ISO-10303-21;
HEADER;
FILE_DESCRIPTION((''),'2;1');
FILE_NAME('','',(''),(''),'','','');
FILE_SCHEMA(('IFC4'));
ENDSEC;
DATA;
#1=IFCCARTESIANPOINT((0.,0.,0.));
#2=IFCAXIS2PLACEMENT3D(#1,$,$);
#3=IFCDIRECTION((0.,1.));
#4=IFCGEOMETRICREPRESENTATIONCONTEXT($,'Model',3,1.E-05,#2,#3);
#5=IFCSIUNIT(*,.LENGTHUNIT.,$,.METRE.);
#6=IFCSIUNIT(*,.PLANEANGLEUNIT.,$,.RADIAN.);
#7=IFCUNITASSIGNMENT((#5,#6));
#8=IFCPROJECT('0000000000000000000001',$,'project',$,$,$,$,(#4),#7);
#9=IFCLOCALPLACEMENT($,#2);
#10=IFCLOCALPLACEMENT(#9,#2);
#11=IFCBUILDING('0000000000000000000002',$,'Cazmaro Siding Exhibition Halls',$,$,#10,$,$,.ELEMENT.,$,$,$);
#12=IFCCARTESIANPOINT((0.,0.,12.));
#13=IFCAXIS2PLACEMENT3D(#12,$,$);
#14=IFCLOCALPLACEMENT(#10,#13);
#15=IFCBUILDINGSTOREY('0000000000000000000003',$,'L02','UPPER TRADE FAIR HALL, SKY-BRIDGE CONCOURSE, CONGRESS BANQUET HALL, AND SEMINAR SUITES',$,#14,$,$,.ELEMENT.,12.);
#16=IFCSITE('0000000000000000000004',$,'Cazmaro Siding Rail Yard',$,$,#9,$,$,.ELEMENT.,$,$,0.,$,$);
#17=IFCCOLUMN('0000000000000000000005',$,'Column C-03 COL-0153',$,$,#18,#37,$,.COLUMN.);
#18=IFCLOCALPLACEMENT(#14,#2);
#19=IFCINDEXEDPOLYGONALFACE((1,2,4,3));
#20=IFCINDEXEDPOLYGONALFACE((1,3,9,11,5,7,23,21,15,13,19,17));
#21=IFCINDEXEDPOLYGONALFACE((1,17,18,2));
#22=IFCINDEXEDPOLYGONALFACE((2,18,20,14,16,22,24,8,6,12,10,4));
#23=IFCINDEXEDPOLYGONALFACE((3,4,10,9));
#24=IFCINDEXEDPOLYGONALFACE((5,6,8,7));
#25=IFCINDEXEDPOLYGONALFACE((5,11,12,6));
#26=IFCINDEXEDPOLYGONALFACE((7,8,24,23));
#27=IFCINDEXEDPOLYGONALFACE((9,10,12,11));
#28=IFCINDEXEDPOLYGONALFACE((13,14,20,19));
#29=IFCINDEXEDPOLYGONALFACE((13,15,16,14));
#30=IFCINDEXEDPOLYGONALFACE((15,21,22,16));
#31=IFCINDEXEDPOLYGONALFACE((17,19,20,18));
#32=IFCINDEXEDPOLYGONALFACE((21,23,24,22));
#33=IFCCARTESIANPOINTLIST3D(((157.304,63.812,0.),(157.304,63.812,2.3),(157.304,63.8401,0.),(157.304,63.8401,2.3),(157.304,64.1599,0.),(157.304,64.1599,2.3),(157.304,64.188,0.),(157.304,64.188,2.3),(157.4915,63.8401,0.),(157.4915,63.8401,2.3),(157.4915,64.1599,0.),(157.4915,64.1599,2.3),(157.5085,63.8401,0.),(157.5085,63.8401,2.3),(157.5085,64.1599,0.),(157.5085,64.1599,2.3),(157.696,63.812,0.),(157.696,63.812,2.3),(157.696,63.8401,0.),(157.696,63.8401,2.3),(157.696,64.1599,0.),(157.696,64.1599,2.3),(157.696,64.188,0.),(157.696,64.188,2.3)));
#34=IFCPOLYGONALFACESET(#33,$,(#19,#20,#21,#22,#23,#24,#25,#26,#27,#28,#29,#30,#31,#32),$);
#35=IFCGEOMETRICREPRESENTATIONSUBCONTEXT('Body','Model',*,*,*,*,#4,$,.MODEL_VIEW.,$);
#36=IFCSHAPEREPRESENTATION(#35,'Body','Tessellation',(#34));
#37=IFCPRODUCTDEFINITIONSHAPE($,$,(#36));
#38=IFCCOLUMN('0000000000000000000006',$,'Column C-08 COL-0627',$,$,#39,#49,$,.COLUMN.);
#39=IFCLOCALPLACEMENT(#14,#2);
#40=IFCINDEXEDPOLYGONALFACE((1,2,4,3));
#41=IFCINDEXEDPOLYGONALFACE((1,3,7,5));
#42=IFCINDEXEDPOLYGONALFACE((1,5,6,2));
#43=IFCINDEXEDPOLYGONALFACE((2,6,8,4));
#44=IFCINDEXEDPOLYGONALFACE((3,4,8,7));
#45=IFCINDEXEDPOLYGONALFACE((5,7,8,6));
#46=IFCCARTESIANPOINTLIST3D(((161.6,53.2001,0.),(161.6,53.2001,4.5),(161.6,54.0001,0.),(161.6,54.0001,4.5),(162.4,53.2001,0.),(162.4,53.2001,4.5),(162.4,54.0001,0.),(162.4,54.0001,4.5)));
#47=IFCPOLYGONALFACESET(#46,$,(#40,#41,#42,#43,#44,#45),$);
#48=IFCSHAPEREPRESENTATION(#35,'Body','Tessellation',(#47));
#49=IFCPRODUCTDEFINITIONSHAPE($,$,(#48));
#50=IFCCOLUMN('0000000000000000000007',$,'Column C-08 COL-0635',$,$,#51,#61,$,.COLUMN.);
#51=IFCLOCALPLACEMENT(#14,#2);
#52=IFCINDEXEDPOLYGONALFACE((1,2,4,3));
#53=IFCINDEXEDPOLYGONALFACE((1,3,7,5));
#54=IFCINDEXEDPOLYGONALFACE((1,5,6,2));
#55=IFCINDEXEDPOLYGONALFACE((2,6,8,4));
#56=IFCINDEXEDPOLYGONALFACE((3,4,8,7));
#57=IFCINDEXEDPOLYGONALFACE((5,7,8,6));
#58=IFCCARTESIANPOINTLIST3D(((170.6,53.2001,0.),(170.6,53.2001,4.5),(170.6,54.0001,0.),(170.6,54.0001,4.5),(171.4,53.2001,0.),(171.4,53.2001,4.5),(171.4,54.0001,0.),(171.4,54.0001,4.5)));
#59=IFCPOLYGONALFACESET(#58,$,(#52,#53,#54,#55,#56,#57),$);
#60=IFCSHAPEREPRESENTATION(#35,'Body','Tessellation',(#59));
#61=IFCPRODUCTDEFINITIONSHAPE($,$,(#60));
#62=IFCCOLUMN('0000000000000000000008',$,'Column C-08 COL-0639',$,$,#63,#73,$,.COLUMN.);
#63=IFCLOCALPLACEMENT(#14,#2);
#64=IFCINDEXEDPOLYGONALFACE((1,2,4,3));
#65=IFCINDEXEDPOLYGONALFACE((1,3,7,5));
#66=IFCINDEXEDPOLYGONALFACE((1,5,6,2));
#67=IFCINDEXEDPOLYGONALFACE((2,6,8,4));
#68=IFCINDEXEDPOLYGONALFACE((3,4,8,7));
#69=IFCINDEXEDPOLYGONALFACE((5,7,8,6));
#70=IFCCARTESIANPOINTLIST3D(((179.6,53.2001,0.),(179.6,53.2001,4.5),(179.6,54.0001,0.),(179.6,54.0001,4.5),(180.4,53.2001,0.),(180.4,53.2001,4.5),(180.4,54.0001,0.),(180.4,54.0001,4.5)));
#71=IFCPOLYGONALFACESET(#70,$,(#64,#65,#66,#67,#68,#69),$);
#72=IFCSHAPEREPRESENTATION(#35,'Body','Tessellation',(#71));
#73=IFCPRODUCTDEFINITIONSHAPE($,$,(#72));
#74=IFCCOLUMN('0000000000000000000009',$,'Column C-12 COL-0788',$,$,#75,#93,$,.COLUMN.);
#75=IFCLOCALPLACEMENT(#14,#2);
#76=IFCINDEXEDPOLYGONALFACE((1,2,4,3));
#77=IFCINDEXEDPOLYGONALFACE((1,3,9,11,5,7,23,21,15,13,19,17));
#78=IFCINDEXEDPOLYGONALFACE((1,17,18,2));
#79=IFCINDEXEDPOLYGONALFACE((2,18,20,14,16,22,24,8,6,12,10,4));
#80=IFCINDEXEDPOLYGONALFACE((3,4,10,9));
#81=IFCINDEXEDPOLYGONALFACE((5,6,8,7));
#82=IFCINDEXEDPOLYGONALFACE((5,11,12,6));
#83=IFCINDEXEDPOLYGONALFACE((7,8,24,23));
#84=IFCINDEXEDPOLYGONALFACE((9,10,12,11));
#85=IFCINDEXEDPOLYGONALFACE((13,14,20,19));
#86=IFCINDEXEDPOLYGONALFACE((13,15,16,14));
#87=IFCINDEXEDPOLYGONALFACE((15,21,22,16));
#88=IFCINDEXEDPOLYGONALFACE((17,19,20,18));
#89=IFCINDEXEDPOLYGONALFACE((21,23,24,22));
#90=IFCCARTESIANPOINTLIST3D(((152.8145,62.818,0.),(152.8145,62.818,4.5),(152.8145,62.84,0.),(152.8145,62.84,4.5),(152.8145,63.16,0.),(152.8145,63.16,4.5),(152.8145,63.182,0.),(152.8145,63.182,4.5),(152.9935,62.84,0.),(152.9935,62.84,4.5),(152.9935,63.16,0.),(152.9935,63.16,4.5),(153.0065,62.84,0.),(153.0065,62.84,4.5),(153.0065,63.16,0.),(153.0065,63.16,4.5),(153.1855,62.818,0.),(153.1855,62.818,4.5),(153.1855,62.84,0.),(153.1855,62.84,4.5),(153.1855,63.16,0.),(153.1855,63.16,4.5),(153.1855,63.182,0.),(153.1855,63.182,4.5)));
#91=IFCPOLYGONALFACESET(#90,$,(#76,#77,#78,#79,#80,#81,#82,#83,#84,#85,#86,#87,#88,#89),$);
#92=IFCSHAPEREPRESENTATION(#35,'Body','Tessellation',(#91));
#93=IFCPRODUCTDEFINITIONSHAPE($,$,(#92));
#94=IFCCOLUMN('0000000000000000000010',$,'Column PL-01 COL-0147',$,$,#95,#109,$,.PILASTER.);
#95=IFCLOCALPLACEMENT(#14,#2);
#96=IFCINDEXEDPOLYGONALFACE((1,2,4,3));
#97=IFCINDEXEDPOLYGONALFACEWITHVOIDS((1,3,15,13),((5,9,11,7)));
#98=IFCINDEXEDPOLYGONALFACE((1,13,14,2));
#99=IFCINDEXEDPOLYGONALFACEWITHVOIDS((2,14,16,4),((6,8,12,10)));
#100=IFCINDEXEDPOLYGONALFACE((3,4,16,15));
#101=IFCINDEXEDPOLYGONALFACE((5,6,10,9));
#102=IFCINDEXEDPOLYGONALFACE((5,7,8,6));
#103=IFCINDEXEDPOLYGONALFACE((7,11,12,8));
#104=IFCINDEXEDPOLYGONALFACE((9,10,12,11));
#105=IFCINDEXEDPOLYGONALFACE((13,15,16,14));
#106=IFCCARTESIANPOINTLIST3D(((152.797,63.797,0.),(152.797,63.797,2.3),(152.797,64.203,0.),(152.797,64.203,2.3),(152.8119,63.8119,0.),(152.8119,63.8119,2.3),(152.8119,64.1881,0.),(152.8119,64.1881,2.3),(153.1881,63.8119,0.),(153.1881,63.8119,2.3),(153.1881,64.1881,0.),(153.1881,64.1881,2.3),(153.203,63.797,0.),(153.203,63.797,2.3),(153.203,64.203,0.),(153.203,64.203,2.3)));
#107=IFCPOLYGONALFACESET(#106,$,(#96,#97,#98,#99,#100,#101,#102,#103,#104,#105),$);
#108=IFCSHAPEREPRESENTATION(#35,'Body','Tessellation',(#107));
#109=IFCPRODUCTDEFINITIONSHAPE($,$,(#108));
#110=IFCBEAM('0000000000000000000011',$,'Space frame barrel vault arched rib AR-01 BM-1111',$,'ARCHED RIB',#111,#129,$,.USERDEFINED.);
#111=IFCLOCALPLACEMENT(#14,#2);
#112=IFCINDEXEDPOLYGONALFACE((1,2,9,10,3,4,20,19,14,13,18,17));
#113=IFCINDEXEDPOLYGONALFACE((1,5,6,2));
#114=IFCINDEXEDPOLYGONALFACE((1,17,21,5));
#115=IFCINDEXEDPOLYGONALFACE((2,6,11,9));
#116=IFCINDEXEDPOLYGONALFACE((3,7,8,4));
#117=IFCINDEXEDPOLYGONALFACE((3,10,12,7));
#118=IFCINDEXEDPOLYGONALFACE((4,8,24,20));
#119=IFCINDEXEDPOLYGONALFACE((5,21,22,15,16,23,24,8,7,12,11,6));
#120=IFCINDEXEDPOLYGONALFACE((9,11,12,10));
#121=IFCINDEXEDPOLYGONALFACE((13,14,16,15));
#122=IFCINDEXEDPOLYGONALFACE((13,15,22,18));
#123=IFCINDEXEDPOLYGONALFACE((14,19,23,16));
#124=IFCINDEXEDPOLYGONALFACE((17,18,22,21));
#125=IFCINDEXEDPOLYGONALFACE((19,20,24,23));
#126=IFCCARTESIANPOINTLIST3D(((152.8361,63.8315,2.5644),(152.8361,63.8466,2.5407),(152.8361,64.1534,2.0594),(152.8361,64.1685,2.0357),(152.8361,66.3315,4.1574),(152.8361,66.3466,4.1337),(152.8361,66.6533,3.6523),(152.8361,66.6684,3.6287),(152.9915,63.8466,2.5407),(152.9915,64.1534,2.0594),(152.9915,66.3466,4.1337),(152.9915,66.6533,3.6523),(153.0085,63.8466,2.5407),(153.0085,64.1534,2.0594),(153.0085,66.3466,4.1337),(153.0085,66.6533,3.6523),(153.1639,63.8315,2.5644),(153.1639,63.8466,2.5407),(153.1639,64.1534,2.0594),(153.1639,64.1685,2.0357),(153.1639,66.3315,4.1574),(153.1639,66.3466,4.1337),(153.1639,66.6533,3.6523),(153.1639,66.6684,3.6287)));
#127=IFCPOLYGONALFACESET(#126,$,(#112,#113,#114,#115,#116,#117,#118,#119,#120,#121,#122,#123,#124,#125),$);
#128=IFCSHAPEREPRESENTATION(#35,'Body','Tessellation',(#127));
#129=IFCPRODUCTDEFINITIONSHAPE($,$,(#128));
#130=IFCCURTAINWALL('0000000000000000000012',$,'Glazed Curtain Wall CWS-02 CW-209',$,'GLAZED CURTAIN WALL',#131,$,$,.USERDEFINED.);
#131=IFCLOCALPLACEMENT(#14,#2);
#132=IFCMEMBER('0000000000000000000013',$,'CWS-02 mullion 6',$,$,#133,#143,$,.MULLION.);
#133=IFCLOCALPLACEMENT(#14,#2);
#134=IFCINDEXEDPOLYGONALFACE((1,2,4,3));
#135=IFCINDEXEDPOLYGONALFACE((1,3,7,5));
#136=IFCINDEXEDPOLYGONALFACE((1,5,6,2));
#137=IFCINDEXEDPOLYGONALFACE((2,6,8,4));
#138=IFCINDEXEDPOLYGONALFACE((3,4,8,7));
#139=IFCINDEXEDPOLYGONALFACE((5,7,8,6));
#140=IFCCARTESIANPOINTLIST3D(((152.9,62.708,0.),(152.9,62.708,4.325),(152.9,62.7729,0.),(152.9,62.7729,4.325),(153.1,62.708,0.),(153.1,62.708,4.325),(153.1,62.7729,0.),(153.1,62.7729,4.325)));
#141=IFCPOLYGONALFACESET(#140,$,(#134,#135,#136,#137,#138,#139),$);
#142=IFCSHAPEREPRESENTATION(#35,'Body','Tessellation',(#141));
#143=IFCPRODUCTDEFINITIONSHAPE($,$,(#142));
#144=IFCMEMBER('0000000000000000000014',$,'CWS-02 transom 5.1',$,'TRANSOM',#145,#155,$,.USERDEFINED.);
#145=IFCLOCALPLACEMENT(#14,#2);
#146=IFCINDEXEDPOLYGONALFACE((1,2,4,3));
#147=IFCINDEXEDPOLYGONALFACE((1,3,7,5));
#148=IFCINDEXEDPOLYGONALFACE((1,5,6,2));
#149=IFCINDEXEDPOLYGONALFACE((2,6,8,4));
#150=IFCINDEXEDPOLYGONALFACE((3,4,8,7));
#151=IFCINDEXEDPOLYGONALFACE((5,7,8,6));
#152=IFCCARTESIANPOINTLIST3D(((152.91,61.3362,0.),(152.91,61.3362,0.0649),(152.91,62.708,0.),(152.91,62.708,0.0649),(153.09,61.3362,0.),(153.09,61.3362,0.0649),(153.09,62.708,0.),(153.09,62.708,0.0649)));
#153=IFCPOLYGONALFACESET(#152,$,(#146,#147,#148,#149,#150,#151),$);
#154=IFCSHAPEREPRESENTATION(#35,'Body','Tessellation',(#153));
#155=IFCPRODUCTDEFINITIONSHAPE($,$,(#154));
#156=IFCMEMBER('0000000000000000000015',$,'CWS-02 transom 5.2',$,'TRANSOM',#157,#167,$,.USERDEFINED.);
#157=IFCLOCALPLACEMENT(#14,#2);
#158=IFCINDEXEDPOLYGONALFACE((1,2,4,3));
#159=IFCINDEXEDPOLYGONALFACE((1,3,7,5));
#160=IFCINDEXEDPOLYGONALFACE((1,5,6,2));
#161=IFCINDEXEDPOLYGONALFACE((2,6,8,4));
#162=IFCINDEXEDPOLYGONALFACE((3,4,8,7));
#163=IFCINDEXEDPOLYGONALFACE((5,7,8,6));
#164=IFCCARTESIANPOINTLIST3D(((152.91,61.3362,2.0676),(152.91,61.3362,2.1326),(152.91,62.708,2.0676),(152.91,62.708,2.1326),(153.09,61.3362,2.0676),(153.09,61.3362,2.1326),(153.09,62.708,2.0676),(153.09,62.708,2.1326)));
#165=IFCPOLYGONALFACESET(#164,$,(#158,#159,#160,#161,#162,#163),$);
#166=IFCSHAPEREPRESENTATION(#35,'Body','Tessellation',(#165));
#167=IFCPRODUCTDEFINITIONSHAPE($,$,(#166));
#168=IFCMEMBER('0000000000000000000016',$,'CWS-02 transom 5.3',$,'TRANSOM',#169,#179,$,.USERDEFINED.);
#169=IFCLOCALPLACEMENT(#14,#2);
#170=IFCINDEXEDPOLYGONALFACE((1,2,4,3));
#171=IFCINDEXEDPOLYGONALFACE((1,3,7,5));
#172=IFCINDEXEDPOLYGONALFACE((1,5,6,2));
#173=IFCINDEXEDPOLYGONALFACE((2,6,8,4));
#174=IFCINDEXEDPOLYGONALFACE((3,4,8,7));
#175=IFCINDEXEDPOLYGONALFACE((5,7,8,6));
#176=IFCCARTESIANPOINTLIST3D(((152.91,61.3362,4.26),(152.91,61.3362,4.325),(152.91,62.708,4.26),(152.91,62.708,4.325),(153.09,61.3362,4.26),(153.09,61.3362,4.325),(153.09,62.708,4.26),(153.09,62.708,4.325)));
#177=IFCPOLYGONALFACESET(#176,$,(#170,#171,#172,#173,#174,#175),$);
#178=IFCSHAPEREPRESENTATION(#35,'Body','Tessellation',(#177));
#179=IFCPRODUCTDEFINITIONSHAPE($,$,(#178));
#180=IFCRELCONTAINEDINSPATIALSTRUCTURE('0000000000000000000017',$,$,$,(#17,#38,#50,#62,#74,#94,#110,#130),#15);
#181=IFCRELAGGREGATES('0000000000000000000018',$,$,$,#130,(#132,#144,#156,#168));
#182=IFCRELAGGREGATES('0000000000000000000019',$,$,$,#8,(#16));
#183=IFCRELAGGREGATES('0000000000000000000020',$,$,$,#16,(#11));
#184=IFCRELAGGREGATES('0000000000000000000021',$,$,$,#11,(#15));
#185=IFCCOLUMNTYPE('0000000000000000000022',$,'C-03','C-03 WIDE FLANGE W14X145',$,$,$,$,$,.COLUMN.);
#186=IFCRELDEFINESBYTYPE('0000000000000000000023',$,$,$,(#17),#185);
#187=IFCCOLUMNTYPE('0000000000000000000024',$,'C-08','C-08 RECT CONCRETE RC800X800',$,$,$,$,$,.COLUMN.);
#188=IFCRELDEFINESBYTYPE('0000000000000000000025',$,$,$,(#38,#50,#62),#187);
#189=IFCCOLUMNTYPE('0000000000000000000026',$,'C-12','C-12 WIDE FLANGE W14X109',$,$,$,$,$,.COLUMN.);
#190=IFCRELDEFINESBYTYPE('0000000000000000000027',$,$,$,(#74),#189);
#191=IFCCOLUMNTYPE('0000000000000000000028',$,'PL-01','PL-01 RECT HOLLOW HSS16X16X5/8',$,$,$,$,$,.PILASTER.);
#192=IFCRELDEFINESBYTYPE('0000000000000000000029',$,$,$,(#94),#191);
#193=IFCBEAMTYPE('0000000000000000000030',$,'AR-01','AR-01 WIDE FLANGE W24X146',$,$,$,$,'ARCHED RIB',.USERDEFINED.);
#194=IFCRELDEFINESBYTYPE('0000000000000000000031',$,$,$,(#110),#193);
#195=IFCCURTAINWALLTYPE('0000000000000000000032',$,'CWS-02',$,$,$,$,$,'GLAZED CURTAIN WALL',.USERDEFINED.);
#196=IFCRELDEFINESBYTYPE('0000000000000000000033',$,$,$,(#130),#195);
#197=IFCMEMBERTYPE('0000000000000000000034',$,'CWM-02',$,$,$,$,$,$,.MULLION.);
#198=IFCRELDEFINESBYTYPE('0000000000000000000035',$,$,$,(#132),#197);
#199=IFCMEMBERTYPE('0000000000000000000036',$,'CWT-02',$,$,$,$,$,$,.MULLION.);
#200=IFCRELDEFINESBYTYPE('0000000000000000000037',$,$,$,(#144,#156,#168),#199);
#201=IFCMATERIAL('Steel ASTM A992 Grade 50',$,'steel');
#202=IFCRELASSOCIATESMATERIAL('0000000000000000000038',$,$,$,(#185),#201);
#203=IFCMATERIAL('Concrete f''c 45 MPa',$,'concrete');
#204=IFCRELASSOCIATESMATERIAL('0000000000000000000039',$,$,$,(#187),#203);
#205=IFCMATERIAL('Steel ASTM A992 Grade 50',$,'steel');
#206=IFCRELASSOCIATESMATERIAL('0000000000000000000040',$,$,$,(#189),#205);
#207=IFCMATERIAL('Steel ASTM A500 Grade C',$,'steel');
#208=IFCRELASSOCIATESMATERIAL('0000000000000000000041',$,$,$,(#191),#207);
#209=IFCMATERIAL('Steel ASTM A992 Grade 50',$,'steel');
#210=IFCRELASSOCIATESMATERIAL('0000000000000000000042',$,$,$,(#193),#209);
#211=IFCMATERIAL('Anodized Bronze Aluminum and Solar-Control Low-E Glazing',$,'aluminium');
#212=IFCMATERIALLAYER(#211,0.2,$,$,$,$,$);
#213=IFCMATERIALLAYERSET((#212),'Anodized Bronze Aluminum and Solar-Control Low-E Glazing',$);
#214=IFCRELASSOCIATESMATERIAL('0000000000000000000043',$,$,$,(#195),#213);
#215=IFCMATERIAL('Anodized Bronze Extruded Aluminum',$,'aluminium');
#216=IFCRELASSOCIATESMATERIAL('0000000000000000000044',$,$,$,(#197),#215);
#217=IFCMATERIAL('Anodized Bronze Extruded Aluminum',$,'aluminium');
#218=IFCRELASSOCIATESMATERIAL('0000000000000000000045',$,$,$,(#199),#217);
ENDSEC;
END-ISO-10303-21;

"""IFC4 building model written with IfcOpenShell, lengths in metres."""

from ifc_helpers import new_model, si_unit, direction, frame, origin, origin_2d, place, context, subcontext, project, spatial, rectangle, hollow_rectangle, i_section, extrude, material, layer, layer_set, material_profile, profile_set, type_object, element, aggregate, save


model = new_model("IFC4")

# Units and contexts
model_context = context("Model", 3, precision=1e-05, world=origin(), true_north=direction((0.0, 1.0)))
body_context = subcontext(model_context, "Body", "Model", "MODEL_VIEW")
ifc_project = project(units=[si_unit("LENGTHUNIT", "METRE"), si_unit("PLANEANGLEUNIT", "RADIAN")], contexts=[model_context])

# Site, building, storey
site_placement = place(None, origin())
site = spatial("IfcSite", under=ifc_project, at=site_placement, Name="Cazmaro Siding Rail Yard", CompositionType="ELEMENT", RefElevation=0.0)
building_placement = place(site_placement, origin())
building = spatial("IfcBuilding", under=site, at=building_placement, Name="Cazmaro Siding Exhibition Halls", CompositionType="ELEMENT")
storey_placement = place(building_placement, frame((0.0, 0.0, 12.0)))
storey = spatial("IfcBuildingStorey", under=building, at=storey_placement, Name="L02", Description="UPPER TRADE FAIR HALL, SKY-BRIDGE CONCOURSE, CONGRESS BANQUET HALL, AND SEMINAR SUITES", CompositionType="ELEMENT", Elevation=12.0)

# Columns
ifc_material_1 = material(Name="Steel ASTM A992 Grade 50", Category="steel")
ifc_material_profile_1 = material_profile(ifc_material_1, i_section(OverallWidth=0.3921, OverallDepth=0.376, WebThickness=0.0171, FlangeThickness=0.0281, at=origin_2d()), Name="W14X145")
ifc_profile_set_1 = profile_set([ifc_material_profile_1], Name="Steel ASTM A992 Grade 50")
column_type_1 = type_object("IfcColumnType", Name="C-03", Description="C-03 WIDE FLANGE W14X145", PredefinedType="COLUMN", material=ifc_profile_set_1)
column_1_placement = place(storey_placement, frame((157.5, 64.0, 0.0), z_axis=(0.0, 0.0, 1.0), x_axis=(1.0, 0.0, 0.0)))
element("IfcColumn", 1, at=column_1_placement, inside=storey, type_object=column_type_1, Name="Column C-03 COL-0153", PredefinedType="COLUMN", context=body_context, shape_type="SweptSolid", body=[
    extrude(i_section(OverallWidth=0.3921, OverallDepth=0.376, WebThickness=0.0171, FlangeThickness=0.0281, at=origin_2d()), origin(), (0.0, 0.0, 1.0), 2.3),
])
ifc_material_2 = material(Name="Concrete f'c 45 MPa", Category="concrete")
ifc_material_profile_2 = material_profile(ifc_material_2, rectangle(XDim=0.8, YDim=0.8, at=origin_2d()), Name="RC800X800")
ifc_profile_set_2 = profile_set([ifc_material_profile_2], Name="Concrete f'c 45 MPa")
column_type_2 = type_object("IfcColumnType", Name="C-08", Description="C-08 RECT CONCRETE RC800X800", PredefinedType="COLUMN", material=ifc_profile_set_2)
for number, where, z_axis, x_axis, name in (
    (2, (162.0, 53.6001, 0.0), (0.0, 0.0, 1.0), (1.0, 0.0, 0.0), "Column C-08 COL-0627"),
    (3, (171.0, 53.6001, 0.0), (0.0, 0.0, 1.0), (1.0, 0.0, 0.0), "Column C-08 COL-0635"),
    (4, (180.0, 53.6001, 0.0), (0.0, 0.0, 1.0), (1.0, 0.0, 0.0), "Column C-08 COL-0639"),
):
    element("IfcColumn", number, at=place(storey_placement, frame(where, z_axis=z_axis, x_axis=x_axis)), inside=storey, type_object=column_type_2, Name=name, PredefinedType="COLUMN", context=body_context, shape_type="SweptSolid", body=[
        extrude(rectangle(XDim=0.8, YDim=0.8, at=origin_2d()), origin(), (0.0, 0.0, 1.0), 4.5),
    ])
ifc_material_3 = material(Name="Steel ASTM A992 Grade 50", Category="steel")
ifc_material_profile_3 = material_profile(ifc_material_3, i_section(OverallWidth=0.3711, OverallDepth=0.364, WebThickness=0.0129, FlangeThickness=0.022, at=origin_2d()), Name="W14X109")
ifc_profile_set_3 = profile_set([ifc_material_profile_3], Name="Steel ASTM A992 Grade 50")
column_type_3 = type_object("IfcColumnType", Name="C-12", Description="C-12 WIDE FLANGE W14X109", PredefinedType="COLUMN", material=ifc_profile_set_3)
column_2_placement = place(storey_placement, frame((153.0, 63.0, 0.0), z_axis=(0.0, 0.0, 1.0), x_axis=(1.0, 0.0, 0.0)))
element("IfcColumn", 5, at=column_2_placement, inside=storey, type_object=column_type_3, Name="Column C-12 COL-0788", PredefinedType="COLUMN", context=body_context, shape_type="SweptSolid", body=[
    extrude(i_section(OverallWidth=0.3711, OverallDepth=0.364, WebThickness=0.0129, FlangeThickness=0.022, at=origin_2d()), origin(), (0.0, 0.0, 1.0), 4.5),
])
ifc_material_4 = material(Name="Steel ASTM A500 Grade C", Category="steel")
ifc_material_profile_4 = material_profile(ifc_material_4, hollow_rectangle(XDim=0.406, YDim=0.406, WallThickness=0.0149, at=origin_2d()), Name="HSS16X16X5/8")
ifc_profile_set_4 = profile_set([ifc_material_profile_4], Name="Steel ASTM A500 Grade C")
column_type_4 = type_object("IfcColumnType", Name="PL-01", Description="PL-01 RECT HOLLOW HSS16X16X5/8", PredefinedType="PILASTER", material=ifc_profile_set_4)
column_3_placement = place(storey_placement, frame((153.0, 64.0, 0.0), z_axis=(0.0, 0.0, 1.0), x_axis=(1.0, 0.0, 0.0)))
element("IfcColumn", 6, at=column_3_placement, inside=storey, type_object=column_type_4, Name="Column PL-01 COL-0147", PredefinedType="PILASTER", context=body_context, shape_type="SweptSolid", body=[
    extrude(hollow_rectangle(XDim=0.406, YDim=0.406, WallThickness=0.0149, at=origin_2d()), origin(), (0.0, 0.0, 1.0), 2.3),
])

# Beam
ifc_material_5 = material(Name="Steel ASTM A992 Grade 50", Category="steel")
ifc_material_profile_5 = material_profile(ifc_material_5, i_section(OverallWidth=0.3279, OverallDepth=0.627, WebThickness=0.0171, FlangeThickness=0.0281, at=origin_2d()), Name="W24X146")
ifc_profile_set_5 = profile_set([ifc_material_profile_5], Name="Steel ASTM A992 Grade 50")
beam_type_1 = type_object("IfcBeamType", Name="AR-01", Description="AR-01 WIDE FLANGE W24X146", ElementType="ARCHED RIB", PredefinedType="USERDEFINED", material=ifc_profile_set_5)
beam_1_placement = place(storey_placement, frame((153.0, 64.0, 2.3), z_axis=(0.0, 0.843339, 0.537382), x_axis=(-1.0, 0.0, 0.0)))
element("IfcBeam", 7, at=beam_1_placement, inside=storey, type_object=beam_type_1, Name="Space frame barrel vault arched rib AR-01 BM-1111", ObjectType="ARCHED RIB", PredefinedType="USERDEFINED", context=body_context, shape_type="SweptSolid", body=[
    extrude(i_section(OverallWidth=0.3279, OverallDepth=0.627, WebThickness=0.0171, FlangeThickness=0.0281, at=origin_2d()), origin(), (0.0, 0.0, 1.0), 2.9644),
])

# Curtain wall, members
ifc_material_6 = material(Name="Anodized Bronze Aluminum and Solar-Control Low-E Glazing", Category="aluminium")
ifc_layer_1 = layer(ifc_material_6, 0.2)
ifc_layer_set_1 = layer_set([ifc_layer_1], Name="Anodized Bronze Aluminum and Solar-Control Low-E Glazing")
curtain_wall_type = type_object("IfcCurtainWallType", Name="CWS-02", ElementType="GLAZED CURTAIN WALL", PredefinedType="USERDEFINED", material=ifc_layer_set_1)
curtain_wall_placement = place(storey_placement, origin())
curtain_wall = element("IfcCurtainWall", 8, at=curtain_wall_placement, inside=storey, type_object=curtain_wall_type, Name="Glazed Curtain Wall CWS-02 CW-209", ObjectType="GLAZED CURTAIN WALL", PredefinedType="USERDEFINED")
ifc_material_7 = material(Name="Anodized Bronze Extruded Aluminum", Category="aluminium")
ifc_material_profile_6 = material_profile(ifc_material_7, rectangle(XDim=0.2, YDim=0.0649, at=origin_2d()), Name="CWM-02")
ifc_profile_set_6 = profile_set([ifc_material_profile_6], Name="Anodized Bronze Extruded Aluminum")
member_type_1 = type_object("IfcMemberType", Name="CWM-02", PredefinedType="MULLION", material=ifc_profile_set_6)
member_1_placement = place(storey_placement, frame((153.0, 62.7405, 0.0), z_axis=(0.0, 0.0, 1.0), x_axis=(-1.0, 0.0, 0.0)))
member_1 = element("IfcMember", 9, at=member_1_placement, type_object=member_type_1, Name="CWS-02 mullion 6", PredefinedType="MULLION", context=body_context, shape_type="SweptSolid", body=[
    extrude(rectangle(XDim=0.2, YDim=0.0649, at=origin_2d()), origin(), (0.0, 0.0, 1.0), 4.325),
])
ifc_material_8 = material(Name="Anodized Bronze Extruded Aluminum", Category="aluminium")
ifc_material_profile_7 = material_profile(ifc_material_8, rectangle(XDim=0.1799, YDim=0.0649, at=origin_2d()), Name="CWT-02")
ifc_profile_set_7 = profile_set([ifc_material_profile_7], Name="Anodized Bronze Extruded Aluminum")
member_type_2 = type_object("IfcMemberType", Name="CWT-02", PredefinedType="MULLION", material=ifc_profile_set_7)
member_2_placement = place(storey_placement, frame((153.0, 61.3362, 0.0325), z_axis=(0.0, 1.0, 0.0), x_axis=(-1.0, 0.0, 0.0)))
member_2 = element("IfcMember", 10, at=member_2_placement, type_object=member_type_2, Name="CWS-02 transom 5.1", ObjectType="TRANSOM", PredefinedType="USERDEFINED", context=body_context, shape_type="SweptSolid", body=[
    extrude(rectangle(XDim=0.1799, YDim=0.0649, at=origin_2d()), origin(), (0.0, 0.0, 1.0), 1.3718),
])
member_3_placement = place(storey_placement, frame((153.0, 61.3362, 2.1001), z_axis=(0.0, 1.0, 0.0), x_axis=(-1.0, 0.0, 0.0)))
member_3 = element("IfcMember", 11, at=member_3_placement, type_object=member_type_2, Name="CWS-02 transom 5.2", ObjectType="TRANSOM", PredefinedType="USERDEFINED", context=body_context, shape_type="SweptSolid", body=[
    extrude(rectangle(XDim=0.1799, YDim=0.0649, at=origin_2d()), origin(), (0.0, 0.0, 1.0), 1.3718),
])
member_4_placement = place(storey_placement, frame((153.0, 61.3362, 4.2925), z_axis=(0.0, 1.0, 0.0), x_axis=(-1.0, 0.0, 0.0)))
member_4 = element("IfcMember", 12, at=member_4_placement, type_object=member_type_2, Name="CWS-02 transom 5.3", ObjectType="TRANSOM", PredefinedType="USERDEFINED", context=body_context, shape_type="SweptSolid", body=[
    extrude(rectangle(XDim=0.1799, YDim=0.0649, at=origin_2d()), origin(), (0.0, 0.0, 1.0), 1.3718),
])

aggregate(curtain_wall, [member_1, member_2, member_3, member_4])

save(model, "model.ifc")
